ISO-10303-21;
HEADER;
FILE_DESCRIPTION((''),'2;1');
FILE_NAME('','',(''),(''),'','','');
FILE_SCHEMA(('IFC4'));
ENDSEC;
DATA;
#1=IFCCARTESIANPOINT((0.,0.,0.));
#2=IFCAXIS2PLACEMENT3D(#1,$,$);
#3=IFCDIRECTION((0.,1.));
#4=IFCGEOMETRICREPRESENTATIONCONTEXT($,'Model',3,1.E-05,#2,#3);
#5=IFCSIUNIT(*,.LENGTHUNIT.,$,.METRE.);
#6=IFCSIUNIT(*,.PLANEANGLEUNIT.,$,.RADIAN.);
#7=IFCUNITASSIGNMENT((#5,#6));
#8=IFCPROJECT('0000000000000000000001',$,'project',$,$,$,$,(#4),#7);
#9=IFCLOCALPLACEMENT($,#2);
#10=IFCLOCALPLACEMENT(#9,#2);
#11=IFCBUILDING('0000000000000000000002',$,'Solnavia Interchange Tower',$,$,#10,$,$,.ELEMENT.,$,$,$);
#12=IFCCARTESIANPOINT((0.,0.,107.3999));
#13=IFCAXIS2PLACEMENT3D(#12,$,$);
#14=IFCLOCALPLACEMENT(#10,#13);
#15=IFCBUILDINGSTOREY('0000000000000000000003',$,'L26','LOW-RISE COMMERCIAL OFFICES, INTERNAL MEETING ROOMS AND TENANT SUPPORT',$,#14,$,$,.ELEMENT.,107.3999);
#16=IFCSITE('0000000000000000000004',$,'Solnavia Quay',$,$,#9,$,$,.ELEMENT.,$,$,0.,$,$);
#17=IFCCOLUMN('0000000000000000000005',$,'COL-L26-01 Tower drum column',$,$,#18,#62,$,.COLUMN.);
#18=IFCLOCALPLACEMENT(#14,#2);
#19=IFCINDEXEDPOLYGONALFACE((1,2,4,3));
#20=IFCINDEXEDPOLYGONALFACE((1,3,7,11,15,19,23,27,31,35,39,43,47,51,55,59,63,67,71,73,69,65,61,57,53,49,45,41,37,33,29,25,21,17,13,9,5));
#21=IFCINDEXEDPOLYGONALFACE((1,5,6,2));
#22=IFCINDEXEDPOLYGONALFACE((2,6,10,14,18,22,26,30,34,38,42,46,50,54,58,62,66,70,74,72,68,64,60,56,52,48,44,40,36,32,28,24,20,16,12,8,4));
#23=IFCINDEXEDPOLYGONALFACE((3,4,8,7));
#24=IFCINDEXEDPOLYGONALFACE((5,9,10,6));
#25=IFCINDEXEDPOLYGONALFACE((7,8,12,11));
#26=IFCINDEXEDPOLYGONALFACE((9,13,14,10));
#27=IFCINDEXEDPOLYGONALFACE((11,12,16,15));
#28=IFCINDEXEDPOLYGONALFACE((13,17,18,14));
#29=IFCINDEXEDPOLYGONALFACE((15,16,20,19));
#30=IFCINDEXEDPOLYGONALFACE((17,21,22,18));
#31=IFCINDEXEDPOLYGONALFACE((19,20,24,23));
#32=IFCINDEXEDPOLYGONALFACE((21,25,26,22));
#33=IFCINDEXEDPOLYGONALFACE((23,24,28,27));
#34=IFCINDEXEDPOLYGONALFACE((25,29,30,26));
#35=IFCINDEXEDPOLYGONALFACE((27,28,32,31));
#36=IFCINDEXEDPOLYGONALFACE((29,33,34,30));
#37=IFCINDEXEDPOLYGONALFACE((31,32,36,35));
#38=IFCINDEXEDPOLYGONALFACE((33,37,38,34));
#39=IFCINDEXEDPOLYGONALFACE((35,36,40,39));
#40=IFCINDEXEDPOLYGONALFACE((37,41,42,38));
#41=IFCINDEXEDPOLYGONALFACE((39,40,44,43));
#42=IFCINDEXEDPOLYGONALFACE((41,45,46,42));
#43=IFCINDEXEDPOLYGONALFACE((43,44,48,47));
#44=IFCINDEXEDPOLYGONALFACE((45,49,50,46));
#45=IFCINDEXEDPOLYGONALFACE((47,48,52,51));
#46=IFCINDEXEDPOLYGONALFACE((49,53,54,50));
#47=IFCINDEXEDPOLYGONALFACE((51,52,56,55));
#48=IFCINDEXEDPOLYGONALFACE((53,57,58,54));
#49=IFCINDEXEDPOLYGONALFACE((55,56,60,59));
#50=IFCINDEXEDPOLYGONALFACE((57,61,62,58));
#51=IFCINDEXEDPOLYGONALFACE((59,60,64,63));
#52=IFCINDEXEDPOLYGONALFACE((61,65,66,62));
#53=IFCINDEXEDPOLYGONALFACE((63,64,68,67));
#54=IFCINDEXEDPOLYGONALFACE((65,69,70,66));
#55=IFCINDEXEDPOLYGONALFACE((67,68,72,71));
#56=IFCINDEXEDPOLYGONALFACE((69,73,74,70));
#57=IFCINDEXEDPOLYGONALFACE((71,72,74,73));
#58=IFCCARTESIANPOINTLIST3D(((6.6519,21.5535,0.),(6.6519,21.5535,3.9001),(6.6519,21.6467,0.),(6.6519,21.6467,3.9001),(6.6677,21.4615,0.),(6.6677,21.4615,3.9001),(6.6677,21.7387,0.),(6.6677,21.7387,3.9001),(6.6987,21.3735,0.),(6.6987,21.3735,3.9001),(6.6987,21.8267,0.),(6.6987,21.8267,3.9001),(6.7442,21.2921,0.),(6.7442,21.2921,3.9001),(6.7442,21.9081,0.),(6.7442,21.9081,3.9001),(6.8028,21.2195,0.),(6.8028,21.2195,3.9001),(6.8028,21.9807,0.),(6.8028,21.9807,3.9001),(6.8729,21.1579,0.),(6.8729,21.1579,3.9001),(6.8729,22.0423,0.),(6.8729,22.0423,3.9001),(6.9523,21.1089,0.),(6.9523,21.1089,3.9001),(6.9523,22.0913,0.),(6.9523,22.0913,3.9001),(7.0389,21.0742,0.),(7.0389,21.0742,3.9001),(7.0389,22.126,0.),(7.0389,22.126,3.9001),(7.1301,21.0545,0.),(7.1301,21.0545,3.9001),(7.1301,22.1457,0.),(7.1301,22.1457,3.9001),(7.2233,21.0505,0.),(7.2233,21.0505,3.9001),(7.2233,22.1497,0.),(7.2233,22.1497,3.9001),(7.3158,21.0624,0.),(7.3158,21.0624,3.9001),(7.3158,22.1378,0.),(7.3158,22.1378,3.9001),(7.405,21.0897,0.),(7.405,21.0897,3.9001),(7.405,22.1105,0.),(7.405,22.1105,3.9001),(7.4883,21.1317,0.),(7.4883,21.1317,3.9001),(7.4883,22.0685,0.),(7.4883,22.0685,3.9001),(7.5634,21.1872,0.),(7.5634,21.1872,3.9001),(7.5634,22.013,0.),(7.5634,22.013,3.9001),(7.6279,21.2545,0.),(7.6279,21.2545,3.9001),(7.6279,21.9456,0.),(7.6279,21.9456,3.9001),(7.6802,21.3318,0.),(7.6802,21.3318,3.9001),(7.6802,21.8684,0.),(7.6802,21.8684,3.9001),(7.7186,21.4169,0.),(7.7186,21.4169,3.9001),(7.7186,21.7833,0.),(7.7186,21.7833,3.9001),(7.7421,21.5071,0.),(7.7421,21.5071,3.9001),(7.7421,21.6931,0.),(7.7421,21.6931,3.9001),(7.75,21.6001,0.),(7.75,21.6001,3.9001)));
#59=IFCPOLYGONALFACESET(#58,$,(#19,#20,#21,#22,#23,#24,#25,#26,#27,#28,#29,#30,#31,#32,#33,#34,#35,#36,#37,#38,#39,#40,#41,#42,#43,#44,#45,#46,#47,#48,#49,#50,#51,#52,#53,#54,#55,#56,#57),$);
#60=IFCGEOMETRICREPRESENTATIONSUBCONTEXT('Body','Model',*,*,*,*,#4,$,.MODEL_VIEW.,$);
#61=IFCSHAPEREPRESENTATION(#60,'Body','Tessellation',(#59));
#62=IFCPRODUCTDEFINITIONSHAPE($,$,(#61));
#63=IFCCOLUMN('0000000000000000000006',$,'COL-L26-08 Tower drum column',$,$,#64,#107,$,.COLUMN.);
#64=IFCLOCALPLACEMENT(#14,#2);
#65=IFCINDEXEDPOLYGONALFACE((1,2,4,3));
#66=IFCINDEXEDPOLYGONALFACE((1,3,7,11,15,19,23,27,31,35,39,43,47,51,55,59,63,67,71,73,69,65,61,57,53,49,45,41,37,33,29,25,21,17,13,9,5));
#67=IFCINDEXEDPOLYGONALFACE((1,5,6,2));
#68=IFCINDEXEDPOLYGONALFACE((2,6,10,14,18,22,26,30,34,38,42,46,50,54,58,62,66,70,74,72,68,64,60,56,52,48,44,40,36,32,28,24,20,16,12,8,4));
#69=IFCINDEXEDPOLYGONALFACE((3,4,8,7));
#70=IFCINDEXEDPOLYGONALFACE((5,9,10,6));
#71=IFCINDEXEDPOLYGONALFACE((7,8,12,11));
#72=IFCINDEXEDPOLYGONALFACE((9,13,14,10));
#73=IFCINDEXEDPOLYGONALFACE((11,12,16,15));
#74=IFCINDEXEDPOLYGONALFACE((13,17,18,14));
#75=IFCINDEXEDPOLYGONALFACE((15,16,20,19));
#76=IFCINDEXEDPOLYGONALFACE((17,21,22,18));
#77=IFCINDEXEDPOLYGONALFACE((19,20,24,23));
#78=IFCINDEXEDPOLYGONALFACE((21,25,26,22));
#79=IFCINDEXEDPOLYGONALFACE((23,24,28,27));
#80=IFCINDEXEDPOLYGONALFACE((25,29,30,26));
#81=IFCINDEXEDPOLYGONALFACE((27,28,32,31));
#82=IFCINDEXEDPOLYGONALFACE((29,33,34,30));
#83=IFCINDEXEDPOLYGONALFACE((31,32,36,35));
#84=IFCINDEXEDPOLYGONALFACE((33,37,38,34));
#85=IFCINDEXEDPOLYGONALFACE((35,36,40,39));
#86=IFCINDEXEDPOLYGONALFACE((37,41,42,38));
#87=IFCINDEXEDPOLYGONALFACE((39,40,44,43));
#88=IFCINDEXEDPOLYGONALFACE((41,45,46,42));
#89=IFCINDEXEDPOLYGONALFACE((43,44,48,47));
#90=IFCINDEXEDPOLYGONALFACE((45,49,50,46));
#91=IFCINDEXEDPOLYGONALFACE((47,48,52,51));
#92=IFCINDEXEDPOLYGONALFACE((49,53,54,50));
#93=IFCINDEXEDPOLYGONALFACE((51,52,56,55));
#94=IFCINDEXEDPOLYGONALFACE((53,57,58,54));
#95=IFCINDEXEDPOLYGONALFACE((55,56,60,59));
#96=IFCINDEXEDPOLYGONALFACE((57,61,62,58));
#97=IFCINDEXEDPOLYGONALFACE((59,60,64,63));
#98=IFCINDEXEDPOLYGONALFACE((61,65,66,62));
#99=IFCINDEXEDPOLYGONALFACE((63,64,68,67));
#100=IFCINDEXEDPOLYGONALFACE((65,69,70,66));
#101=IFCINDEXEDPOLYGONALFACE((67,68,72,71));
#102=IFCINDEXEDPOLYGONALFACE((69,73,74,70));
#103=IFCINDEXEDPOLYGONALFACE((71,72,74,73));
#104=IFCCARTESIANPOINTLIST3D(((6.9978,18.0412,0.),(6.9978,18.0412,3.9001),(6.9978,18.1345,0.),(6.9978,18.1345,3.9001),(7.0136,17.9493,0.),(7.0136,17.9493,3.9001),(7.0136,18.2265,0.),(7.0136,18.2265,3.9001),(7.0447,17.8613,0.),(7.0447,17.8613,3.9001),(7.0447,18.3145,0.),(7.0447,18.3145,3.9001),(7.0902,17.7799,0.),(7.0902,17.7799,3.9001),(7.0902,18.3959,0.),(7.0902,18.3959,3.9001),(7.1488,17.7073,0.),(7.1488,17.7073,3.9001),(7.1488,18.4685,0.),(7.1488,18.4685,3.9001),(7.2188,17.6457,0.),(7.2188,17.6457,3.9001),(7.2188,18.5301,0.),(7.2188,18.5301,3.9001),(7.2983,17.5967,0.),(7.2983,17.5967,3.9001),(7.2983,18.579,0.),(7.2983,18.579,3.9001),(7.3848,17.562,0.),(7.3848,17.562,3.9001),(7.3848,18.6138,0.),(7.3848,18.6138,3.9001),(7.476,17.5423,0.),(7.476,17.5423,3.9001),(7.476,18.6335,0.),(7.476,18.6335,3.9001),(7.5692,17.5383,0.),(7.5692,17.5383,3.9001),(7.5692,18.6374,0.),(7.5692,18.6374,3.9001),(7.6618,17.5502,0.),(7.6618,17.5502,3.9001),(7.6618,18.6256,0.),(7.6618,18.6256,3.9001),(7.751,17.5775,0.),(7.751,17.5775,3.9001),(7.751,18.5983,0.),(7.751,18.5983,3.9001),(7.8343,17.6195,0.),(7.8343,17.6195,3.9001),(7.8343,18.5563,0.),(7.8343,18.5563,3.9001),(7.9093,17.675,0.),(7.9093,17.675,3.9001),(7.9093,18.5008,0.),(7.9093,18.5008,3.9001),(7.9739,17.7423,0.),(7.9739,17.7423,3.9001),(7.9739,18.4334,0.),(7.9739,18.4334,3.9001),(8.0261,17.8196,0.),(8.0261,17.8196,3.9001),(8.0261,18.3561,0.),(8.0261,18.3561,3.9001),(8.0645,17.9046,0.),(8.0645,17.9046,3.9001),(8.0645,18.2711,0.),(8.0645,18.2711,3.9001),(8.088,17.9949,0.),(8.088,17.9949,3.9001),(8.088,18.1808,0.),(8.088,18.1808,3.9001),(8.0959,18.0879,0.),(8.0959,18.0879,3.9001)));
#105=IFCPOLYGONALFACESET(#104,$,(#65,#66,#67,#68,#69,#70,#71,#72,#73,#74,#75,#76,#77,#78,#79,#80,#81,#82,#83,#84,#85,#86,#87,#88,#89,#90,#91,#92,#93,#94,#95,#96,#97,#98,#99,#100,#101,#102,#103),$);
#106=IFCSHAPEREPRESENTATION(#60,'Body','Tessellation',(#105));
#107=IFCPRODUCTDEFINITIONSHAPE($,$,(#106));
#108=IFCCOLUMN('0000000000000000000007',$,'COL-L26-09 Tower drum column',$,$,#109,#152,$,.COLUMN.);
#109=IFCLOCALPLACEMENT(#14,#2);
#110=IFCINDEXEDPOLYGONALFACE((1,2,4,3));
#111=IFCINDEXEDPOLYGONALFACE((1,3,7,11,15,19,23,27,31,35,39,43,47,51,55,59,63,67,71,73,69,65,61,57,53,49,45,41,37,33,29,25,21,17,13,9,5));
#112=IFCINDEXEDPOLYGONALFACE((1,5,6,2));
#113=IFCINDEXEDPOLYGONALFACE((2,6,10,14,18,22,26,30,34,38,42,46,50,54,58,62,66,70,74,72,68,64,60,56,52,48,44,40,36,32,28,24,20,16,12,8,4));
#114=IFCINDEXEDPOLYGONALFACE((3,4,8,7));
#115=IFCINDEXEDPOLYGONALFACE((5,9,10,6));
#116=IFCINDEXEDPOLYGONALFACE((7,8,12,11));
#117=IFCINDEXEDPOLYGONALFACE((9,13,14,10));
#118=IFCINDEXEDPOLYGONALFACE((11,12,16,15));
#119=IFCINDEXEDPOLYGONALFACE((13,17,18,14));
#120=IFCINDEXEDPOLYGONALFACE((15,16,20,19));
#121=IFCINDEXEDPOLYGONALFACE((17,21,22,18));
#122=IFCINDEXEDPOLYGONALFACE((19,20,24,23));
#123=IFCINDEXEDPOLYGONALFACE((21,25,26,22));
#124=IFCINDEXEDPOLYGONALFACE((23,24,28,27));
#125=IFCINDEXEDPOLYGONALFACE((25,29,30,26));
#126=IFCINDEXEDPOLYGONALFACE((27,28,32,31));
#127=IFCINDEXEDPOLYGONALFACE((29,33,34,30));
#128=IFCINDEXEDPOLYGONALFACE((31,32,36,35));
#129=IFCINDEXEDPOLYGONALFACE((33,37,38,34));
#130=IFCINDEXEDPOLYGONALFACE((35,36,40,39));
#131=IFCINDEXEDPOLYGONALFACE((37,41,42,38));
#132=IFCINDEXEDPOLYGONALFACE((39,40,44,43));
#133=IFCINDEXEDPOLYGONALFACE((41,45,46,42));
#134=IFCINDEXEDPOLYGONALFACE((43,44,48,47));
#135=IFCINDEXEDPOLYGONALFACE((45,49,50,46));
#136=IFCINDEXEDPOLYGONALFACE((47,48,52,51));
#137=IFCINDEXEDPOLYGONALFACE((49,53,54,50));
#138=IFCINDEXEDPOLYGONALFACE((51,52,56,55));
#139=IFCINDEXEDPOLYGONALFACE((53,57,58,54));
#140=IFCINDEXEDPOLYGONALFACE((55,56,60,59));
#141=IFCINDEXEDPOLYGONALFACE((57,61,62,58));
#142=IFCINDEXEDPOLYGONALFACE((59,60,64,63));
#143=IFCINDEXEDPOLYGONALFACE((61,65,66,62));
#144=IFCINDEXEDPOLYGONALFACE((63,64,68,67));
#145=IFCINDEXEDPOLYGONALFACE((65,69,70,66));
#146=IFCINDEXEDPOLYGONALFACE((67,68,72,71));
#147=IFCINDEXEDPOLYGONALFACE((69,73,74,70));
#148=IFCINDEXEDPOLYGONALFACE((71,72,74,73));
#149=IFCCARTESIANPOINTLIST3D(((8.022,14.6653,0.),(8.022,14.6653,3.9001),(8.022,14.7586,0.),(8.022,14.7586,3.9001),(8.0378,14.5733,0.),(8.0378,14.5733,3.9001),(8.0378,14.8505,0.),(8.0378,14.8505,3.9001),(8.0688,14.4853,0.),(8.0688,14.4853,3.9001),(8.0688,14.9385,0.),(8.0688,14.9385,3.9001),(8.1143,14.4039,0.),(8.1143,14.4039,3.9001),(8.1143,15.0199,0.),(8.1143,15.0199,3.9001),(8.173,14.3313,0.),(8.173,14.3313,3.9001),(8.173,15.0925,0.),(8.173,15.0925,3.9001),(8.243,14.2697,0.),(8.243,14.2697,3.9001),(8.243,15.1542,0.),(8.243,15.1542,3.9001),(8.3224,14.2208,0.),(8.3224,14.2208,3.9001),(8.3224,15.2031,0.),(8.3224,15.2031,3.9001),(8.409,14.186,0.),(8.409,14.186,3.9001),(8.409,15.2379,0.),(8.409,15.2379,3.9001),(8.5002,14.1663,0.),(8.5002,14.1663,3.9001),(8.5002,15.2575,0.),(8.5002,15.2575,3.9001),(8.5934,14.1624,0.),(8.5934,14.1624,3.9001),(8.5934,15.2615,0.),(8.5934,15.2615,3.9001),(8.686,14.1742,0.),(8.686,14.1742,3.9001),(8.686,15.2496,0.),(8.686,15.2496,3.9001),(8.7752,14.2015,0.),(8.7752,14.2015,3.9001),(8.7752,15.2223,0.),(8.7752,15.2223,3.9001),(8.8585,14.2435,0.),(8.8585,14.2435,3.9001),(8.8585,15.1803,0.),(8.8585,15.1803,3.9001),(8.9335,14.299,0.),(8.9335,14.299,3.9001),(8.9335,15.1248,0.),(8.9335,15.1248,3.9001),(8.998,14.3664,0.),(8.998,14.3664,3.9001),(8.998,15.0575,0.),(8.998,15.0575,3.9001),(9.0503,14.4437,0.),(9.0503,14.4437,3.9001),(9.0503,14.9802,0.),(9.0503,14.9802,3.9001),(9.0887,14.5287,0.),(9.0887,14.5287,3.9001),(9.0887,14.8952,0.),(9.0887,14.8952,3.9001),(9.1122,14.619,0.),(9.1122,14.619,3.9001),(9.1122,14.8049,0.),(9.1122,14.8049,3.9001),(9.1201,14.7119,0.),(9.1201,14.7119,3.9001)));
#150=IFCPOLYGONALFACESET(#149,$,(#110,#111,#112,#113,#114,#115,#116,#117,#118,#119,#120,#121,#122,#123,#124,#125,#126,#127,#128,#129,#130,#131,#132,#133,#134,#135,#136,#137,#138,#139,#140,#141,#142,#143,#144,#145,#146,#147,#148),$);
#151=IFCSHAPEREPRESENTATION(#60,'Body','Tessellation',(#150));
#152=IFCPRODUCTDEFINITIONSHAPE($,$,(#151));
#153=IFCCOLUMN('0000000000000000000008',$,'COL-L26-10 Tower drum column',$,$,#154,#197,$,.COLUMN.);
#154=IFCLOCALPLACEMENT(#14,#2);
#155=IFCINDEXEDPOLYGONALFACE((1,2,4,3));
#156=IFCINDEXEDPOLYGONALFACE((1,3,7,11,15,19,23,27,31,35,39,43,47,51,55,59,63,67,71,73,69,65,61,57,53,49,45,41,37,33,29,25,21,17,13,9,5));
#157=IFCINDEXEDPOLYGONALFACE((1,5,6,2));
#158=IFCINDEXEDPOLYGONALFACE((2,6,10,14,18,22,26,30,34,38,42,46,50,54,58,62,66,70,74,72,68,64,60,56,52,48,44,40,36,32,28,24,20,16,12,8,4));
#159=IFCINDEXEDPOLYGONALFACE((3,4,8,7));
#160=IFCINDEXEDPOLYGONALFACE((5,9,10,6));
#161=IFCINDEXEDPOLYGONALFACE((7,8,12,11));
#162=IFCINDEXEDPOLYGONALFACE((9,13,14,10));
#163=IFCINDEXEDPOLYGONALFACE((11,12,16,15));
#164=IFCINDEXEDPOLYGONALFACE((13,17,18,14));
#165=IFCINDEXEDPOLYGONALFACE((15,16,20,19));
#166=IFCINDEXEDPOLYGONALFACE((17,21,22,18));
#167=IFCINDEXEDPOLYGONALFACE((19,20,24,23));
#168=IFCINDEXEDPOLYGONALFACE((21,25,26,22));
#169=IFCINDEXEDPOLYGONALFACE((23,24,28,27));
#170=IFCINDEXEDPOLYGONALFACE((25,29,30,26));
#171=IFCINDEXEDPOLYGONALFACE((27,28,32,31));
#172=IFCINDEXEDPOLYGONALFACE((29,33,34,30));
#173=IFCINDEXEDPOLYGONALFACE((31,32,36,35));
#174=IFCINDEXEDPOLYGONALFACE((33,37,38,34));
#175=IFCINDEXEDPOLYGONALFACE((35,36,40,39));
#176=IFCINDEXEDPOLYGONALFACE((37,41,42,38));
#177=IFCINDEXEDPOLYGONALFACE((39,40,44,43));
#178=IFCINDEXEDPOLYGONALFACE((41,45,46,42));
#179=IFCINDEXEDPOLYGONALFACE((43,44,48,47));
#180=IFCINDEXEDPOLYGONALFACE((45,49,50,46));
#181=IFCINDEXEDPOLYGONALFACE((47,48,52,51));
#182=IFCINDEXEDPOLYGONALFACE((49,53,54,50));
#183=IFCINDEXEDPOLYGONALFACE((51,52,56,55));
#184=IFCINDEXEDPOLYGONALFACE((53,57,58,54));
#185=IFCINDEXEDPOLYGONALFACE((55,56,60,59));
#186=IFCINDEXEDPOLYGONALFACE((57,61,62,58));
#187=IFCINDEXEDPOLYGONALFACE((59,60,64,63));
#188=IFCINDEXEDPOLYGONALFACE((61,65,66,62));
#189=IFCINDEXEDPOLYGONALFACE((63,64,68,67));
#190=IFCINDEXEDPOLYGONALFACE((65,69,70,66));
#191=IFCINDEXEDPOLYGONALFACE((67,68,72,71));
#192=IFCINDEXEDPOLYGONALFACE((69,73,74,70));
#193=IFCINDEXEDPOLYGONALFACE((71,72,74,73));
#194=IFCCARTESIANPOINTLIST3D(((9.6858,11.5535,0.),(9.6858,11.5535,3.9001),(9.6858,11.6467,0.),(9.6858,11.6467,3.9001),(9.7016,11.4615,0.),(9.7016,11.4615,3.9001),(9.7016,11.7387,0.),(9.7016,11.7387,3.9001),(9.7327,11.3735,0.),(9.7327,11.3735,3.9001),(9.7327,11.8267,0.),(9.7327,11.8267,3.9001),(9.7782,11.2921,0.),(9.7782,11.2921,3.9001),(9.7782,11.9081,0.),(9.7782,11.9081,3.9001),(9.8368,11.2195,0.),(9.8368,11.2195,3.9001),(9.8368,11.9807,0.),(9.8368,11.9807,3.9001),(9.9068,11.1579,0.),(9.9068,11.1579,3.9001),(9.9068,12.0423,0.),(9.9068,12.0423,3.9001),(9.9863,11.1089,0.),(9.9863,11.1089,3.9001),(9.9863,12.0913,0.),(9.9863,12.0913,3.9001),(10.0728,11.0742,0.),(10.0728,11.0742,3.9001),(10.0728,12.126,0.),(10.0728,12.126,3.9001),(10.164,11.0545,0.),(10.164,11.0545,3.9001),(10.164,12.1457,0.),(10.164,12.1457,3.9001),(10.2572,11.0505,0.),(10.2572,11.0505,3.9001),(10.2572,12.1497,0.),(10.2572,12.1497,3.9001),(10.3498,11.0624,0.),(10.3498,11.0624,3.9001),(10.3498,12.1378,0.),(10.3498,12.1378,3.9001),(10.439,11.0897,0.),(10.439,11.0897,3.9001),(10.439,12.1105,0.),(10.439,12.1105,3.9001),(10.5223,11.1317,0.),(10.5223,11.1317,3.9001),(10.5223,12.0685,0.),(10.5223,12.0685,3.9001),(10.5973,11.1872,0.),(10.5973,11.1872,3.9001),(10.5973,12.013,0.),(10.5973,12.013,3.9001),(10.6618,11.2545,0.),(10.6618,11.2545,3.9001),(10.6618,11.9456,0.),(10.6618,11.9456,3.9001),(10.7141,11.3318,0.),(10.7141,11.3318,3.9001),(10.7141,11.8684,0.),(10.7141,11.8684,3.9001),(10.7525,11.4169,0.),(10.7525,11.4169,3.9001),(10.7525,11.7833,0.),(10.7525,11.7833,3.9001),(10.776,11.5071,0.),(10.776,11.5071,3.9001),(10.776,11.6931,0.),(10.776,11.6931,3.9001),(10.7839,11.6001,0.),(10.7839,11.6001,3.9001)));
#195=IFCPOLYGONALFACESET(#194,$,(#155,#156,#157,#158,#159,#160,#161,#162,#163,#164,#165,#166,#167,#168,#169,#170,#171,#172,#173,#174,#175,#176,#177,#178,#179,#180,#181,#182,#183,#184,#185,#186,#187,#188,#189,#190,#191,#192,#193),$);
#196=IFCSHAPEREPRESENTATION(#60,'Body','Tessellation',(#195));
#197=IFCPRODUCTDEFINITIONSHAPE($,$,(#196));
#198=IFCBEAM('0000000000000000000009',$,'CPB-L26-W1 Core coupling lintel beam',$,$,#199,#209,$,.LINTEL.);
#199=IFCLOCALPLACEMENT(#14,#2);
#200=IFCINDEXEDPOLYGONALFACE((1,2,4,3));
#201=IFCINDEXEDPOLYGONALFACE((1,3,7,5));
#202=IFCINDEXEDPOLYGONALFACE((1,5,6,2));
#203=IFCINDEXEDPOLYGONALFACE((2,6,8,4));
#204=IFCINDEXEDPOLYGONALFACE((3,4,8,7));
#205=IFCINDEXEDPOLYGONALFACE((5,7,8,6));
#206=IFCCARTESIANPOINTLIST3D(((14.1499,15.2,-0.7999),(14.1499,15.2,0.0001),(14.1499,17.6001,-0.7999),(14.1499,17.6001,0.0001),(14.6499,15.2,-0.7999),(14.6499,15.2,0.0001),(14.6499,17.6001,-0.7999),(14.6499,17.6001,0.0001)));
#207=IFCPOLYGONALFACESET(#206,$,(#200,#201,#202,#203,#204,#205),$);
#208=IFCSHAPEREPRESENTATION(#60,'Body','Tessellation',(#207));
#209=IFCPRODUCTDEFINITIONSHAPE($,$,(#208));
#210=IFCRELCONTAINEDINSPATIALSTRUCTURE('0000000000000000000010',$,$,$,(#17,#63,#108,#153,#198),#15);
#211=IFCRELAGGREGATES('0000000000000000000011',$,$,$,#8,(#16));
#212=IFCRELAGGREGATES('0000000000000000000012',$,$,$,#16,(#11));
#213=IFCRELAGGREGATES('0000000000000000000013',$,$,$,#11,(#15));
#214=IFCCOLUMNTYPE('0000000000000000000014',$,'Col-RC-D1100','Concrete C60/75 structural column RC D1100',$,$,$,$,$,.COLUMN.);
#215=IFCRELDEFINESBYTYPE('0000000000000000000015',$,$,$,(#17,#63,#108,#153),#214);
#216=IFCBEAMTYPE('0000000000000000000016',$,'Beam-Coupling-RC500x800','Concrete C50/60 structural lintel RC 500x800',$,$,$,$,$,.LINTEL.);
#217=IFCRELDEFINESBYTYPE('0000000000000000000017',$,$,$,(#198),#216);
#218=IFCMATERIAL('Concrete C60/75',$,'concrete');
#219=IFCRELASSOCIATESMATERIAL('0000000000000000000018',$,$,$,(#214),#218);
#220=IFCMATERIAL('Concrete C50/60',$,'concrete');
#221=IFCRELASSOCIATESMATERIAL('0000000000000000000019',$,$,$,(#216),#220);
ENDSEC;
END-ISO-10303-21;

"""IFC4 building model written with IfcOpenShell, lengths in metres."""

from ifc_helpers import new_model, si_unit, direction, frame, origin, origin_2d, place, context, subcontext, project, spatial, rectangle, circle, extrude, material, material_profile, profile_set, type_object, element, save


model = new_model("IFC4")

# Units and contexts
model_context = context("Model", 3, precision=1e-05, world=origin(), true_north=direction((0.0, 1.0)))
body_context = subcontext(model_context, "Body", "Model", "MODEL_VIEW")
ifc_project = project(units=[si_unit("LENGTHUNIT", "METRE"), si_unit("PLANEANGLEUNIT", "RADIAN")], contexts=[model_context])

# Site, building, storey
site_placement = place(None, origin())
site = spatial("IfcSite", under=ifc_project, at=site_placement, Name="Solnavia Quay", CompositionType="ELEMENT", RefElevation=0.0)
building_placement = place(site_placement, origin())
building = spatial("IfcBuilding", under=site, at=building_placement, Name="Solnavia Interchange Tower", CompositionType="ELEMENT")
storey_placement = place(building_placement, frame((0.0, 0.0, 107.3999)))
storey = spatial("IfcBuildingStorey", under=building, at=storey_placement, Name="L26", Description="LOW-RISE COMMERCIAL OFFICES, INTERNAL MEETING ROOMS AND TENANT SUPPORT", CompositionType="ELEMENT", Elevation=107.3999)

# Columns
ifc_material_1 = material(Name="Concrete C60/75", Category="concrete")
ifc_material_profile_1 = material_profile(ifc_material_1, circle(Radius=0.55, at=origin_2d()), Name="RC D1100")
ifc_profile_set_1 = profile_set([ifc_material_profile_1], Name="Concrete C60/75")
column_type = type_object("IfcColumnType", Name="Col-RC-D1100", Description="Concrete C60/75 structural column RC D1100", PredefinedType="COLUMN", material=ifc_profile_set_1)
for number, where, z_axis, x_axis, name in (
    (1, (7.2, 21.6001, 0.0), (0.0, 0.0, 1.0), (1.0, 0.0, 0.0), "COL-L26-01 Tower drum column"),
    (2, (7.5459, 18.0879, 0.0), (0.0, 0.0, 1.0), (1.0, 0.0, 0.0), "COL-L26-08 Tower drum column"),
    (3, (8.5701, 14.7119, 0.0), (0.0, 0.0, 1.0), (1.0, 0.0, 0.0), "COL-L26-09 Tower drum column"),
    (4, (10.2339, 11.6001, 0.0), (0.0, 0.0, 1.0), (1.0, 0.0, 0.0), "COL-L26-10 Tower drum column"),
):
    element("IfcColumn", number, at=place(storey_placement, frame(where, z_axis=z_axis, x_axis=x_axis)), inside=storey, type_object=column_type, Name=name, PredefinedType="COLUMN", context=body_context, shape_type="SweptSolid", body=[
        extrude(circle(Radius=0.55, at=origin_2d()), origin(), (0.0, 0.0, 1.0), 3.9001),
    ])

# Beam
ifc_material_2 = material(Name="Concrete C50/60", Category="concrete")
ifc_material_profile_2 = material_profile(ifc_material_2, rectangle(XDim=0.5, YDim=0.8, at=origin_2d()), Name="RC 500x800")
ifc_profile_set_2 = profile_set([ifc_material_profile_2], Name="Concrete C50/60")
beam_type_1 = type_object("IfcBeamType", Name="Beam-Coupling-RC500x800", Description="Concrete C50/60 structural lintel RC 500x800", PredefinedType="LINTEL", material=ifc_profile_set_2)
beam_1_placement = place(storey_placement, frame((14.3999, 15.2, -0.3999), z_axis=(0.0, 1.0, 0.0), x_axis=(-1.0, 0.0, 0.0)))
element("IfcBeam", 5, at=beam_1_placement, inside=storey, type_object=beam_type_1, Name="CPB-L26-W1 Core coupling lintel beam", PredefinedType="LINTEL", context=body_context, shape_type="SweptSolid", body=[
    extrude(rectangle(XDim=0.5, YDim=0.8, at=origin_2d()), origin(), (0.0, 0.0, 1.0), 2.4001),
])

save(model, "model.ifc")
